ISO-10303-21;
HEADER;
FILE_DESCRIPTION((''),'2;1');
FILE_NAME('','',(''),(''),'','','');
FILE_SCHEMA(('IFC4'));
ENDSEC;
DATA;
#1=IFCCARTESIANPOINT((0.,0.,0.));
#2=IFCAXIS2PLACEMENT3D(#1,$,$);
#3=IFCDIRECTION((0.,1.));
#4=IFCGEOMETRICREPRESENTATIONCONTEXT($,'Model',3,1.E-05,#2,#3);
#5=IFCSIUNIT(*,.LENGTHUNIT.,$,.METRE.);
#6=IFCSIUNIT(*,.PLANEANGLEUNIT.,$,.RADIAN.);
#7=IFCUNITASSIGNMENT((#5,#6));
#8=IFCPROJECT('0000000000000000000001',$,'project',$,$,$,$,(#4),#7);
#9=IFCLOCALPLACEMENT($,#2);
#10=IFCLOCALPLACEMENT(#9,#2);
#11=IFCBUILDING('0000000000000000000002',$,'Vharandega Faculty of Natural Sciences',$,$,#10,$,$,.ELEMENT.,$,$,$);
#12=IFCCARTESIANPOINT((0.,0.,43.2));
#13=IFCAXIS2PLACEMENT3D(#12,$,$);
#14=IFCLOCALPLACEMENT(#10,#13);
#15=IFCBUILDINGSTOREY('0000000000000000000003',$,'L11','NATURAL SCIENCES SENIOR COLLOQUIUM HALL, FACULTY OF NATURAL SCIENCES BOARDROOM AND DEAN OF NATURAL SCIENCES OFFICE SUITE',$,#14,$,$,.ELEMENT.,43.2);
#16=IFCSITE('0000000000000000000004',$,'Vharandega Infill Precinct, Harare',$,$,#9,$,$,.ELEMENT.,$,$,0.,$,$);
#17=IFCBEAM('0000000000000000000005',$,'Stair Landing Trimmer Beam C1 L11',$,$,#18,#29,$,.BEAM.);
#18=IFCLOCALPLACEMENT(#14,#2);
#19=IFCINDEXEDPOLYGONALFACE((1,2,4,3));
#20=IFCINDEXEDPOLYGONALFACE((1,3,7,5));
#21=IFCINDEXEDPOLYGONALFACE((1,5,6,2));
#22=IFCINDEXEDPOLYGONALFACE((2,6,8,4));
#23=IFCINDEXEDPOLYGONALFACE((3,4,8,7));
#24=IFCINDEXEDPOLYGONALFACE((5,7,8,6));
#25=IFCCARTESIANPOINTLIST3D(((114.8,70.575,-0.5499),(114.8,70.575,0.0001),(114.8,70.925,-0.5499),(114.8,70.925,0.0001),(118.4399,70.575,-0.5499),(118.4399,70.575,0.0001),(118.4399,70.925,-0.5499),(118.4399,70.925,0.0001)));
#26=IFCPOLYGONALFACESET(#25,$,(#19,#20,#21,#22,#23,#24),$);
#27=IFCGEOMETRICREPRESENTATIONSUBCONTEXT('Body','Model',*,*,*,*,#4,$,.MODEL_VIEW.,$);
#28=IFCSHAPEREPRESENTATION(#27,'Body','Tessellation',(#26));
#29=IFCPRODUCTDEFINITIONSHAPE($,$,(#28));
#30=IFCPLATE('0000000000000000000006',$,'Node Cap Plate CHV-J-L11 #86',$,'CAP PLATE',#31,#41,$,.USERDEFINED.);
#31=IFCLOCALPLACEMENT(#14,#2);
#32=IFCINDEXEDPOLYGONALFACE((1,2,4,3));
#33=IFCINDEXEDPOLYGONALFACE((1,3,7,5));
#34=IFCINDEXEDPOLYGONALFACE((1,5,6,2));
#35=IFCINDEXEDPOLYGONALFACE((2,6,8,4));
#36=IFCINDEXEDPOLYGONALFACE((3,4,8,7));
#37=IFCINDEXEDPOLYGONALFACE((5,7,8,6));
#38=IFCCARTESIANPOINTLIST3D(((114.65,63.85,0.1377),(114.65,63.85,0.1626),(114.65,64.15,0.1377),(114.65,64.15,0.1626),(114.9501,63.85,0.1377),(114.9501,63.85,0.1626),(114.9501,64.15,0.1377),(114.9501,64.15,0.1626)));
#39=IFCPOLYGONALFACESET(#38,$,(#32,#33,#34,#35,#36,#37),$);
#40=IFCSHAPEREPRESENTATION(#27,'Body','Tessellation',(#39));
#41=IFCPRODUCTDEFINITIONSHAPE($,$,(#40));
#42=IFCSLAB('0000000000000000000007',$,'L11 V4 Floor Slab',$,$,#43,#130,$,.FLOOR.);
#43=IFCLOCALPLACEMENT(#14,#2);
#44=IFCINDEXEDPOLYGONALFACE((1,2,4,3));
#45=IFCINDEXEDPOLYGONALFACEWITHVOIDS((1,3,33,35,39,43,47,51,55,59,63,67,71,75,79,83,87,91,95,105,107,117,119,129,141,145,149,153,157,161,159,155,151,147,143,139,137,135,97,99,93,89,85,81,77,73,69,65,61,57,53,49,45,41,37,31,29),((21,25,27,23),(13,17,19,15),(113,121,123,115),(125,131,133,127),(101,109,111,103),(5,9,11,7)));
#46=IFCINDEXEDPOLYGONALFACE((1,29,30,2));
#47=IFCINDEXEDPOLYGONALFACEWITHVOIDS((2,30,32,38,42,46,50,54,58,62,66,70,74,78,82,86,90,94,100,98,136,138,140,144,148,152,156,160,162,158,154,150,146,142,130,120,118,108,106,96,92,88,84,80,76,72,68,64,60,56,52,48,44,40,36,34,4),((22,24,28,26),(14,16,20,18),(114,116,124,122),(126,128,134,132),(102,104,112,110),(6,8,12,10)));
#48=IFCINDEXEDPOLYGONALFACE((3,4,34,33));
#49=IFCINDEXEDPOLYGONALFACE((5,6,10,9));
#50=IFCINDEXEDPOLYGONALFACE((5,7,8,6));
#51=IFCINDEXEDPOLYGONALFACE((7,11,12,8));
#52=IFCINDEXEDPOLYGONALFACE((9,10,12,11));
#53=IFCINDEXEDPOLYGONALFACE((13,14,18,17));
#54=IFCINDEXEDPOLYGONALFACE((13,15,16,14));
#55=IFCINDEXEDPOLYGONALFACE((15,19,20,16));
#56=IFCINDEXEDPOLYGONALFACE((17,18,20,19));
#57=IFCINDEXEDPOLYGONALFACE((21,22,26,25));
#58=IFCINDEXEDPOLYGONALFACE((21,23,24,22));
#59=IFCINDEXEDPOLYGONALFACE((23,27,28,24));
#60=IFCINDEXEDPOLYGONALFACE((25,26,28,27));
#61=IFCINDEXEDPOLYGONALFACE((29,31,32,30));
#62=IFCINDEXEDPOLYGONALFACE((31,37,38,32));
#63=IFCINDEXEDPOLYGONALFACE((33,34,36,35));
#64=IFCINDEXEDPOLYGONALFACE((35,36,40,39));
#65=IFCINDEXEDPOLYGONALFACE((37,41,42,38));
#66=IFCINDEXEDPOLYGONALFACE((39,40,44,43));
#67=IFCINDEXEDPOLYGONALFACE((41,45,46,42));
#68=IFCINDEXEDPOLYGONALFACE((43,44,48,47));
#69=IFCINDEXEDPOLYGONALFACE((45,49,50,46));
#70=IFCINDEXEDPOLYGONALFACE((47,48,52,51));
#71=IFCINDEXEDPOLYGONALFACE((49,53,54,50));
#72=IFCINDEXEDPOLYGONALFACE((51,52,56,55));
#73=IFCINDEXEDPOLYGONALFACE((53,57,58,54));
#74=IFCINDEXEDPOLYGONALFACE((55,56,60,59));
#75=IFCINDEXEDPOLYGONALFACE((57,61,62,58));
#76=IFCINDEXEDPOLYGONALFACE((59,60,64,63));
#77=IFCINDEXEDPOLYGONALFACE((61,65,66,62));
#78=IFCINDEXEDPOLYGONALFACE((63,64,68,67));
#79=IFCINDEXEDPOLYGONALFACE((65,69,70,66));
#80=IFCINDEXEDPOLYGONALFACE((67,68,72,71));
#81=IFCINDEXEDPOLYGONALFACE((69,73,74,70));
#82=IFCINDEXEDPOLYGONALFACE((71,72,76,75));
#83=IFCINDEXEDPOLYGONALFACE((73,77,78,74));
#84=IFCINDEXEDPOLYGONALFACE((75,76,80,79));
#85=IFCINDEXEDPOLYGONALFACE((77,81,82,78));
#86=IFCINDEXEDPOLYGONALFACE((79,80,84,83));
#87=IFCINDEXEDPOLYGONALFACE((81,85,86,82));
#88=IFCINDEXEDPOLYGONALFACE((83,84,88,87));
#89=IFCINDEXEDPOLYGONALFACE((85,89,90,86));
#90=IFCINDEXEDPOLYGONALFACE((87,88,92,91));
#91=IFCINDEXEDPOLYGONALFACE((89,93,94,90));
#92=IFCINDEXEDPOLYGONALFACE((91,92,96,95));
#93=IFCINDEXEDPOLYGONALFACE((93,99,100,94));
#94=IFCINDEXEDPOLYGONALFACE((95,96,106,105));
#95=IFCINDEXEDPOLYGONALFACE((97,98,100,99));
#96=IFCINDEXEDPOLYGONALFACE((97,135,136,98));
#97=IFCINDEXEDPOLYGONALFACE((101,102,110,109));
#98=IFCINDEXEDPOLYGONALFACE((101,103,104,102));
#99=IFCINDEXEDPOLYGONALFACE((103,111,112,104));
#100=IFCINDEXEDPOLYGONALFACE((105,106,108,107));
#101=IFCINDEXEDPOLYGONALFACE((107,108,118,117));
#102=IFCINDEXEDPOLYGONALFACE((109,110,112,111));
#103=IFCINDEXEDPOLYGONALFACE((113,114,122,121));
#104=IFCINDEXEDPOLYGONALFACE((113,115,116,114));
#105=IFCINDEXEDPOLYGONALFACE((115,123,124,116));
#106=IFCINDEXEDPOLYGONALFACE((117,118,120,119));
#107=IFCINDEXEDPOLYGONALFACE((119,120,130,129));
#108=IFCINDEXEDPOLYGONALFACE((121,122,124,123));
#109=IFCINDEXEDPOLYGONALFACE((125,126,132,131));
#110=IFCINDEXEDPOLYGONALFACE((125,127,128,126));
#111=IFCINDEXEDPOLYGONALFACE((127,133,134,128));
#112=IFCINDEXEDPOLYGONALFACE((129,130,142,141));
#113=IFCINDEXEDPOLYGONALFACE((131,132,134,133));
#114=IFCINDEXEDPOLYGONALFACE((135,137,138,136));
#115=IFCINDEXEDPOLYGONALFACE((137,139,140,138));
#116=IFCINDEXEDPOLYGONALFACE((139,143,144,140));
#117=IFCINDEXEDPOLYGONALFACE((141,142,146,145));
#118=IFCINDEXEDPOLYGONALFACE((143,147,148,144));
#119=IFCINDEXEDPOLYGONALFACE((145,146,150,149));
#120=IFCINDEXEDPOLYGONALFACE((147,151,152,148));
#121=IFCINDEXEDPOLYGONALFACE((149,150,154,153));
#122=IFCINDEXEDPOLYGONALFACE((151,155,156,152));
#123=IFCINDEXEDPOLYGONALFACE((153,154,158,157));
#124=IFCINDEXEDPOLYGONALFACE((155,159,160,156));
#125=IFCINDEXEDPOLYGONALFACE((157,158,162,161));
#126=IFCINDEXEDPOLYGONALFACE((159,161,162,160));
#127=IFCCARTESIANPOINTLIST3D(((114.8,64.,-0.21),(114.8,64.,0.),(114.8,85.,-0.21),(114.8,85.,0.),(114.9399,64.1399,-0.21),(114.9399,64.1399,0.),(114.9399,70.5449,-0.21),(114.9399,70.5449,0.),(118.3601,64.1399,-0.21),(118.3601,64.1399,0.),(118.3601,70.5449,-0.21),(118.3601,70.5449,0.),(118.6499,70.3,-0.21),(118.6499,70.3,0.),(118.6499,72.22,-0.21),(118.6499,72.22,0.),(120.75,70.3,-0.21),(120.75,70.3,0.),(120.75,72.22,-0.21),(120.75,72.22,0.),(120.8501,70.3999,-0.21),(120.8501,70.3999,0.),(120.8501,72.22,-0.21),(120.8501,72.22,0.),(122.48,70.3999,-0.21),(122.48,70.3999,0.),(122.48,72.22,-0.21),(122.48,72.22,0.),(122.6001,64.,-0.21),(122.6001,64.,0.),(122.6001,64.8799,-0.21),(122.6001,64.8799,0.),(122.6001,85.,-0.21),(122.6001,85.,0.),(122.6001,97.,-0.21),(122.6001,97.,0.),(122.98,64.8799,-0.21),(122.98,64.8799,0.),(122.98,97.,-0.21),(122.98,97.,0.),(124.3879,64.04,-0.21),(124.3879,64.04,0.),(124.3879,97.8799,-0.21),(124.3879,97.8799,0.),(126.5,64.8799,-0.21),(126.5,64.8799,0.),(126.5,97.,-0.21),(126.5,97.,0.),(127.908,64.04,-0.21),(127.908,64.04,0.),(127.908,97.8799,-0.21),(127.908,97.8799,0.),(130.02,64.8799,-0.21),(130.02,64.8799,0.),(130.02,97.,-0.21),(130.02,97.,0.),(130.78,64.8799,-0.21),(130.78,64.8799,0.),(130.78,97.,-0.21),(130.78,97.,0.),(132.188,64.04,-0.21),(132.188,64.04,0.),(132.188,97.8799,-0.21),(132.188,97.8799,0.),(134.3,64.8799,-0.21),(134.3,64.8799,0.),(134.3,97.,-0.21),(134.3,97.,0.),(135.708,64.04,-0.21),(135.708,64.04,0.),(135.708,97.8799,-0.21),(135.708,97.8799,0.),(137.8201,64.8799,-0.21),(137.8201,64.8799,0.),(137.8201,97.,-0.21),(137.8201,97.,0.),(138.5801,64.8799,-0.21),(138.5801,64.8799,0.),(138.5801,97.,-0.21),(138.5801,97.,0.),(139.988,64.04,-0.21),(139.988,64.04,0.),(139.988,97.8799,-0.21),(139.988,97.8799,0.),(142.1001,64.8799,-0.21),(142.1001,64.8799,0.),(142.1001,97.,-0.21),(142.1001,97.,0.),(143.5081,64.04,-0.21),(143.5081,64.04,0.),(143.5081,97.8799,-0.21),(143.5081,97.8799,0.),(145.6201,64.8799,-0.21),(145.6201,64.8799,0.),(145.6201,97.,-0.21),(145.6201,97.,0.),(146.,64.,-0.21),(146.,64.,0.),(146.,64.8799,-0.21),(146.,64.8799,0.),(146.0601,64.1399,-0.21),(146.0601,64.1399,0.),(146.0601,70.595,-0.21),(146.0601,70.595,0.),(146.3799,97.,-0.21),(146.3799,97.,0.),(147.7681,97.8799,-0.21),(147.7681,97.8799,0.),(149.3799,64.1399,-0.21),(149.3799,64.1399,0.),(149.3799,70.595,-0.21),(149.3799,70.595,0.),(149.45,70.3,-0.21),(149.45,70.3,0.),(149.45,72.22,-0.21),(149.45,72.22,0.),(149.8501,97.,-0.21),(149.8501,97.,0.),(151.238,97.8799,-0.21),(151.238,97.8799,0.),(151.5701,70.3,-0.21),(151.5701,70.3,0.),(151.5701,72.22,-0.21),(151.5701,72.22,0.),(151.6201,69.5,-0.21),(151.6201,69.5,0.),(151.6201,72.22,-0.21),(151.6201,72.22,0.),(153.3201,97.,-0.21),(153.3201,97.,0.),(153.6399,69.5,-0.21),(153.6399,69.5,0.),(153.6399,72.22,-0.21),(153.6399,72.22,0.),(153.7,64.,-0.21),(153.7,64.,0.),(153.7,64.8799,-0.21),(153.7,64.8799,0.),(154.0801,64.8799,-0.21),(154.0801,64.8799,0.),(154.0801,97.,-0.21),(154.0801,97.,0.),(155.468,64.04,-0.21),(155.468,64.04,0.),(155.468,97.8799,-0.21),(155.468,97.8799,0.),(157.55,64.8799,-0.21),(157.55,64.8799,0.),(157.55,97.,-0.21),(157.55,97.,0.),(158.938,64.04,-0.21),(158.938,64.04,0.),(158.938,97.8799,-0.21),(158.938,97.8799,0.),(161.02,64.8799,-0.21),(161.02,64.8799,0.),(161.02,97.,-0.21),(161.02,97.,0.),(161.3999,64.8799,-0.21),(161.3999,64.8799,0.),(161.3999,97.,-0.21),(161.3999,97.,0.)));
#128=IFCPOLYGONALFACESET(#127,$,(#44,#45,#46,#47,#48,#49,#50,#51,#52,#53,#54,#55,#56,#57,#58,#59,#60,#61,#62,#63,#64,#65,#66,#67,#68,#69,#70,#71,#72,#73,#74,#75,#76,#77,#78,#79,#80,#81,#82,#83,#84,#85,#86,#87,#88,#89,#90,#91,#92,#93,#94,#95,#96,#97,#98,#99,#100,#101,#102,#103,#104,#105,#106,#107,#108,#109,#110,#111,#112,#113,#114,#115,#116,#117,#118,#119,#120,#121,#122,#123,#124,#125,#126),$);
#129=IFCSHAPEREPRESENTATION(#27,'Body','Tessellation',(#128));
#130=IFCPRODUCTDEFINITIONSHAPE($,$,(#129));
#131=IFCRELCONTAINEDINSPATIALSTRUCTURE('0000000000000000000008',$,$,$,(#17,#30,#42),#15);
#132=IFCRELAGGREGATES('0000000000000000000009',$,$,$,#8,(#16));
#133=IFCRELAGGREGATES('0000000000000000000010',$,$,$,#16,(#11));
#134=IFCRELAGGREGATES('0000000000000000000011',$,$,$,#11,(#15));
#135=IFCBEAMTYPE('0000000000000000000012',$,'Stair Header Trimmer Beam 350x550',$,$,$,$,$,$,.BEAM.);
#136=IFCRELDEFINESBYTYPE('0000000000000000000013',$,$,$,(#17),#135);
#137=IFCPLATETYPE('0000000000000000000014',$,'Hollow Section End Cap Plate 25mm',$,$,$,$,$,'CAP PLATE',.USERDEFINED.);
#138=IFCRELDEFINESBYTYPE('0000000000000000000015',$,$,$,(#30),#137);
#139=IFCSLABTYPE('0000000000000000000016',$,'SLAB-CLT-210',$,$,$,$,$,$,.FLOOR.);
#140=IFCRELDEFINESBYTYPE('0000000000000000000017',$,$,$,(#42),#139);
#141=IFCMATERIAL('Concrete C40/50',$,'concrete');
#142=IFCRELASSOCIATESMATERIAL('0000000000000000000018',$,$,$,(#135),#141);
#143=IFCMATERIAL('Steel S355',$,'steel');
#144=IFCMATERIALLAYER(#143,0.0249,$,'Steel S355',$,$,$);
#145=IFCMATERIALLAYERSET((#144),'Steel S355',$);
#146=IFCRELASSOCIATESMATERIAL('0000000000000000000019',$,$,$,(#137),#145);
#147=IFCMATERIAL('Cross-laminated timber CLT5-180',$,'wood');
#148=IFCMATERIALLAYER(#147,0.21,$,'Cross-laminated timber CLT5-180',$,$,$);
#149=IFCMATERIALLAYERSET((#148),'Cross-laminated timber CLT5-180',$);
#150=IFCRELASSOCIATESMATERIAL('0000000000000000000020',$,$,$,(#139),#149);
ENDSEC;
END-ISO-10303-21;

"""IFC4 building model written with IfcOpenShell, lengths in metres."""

from ifc_helpers import new_model, si_unit, direction, frame, origin, origin_2d, place, context, subcontext, project, spatial, polyline, rectangle, outline, extrude, material, layer, layer_set, material_profile, profile_set, type_object, element, save


model = new_model("IFC4")

# Units and contexts
model_context = context("Model", 3, precision=1e-05, world=origin(), true_north=direction((0.0, 1.0)))
body_context = subcontext(model_context, "Body", "Model", "MODEL_VIEW")
ifc_project = project(units=[si_unit("LENGTHUNIT", "METRE"), si_unit("PLANEANGLEUNIT", "RADIAN")], contexts=[model_context])

# Site, building, storey
site_placement = place(None, origin())
site = spatial("IfcSite", under=ifc_project, at=site_placement, Name="Vharandega Infill Precinct, Harare", CompositionType="ELEMENT", RefElevation=0.0)
building_placement = place(site_placement, origin())
building = spatial("IfcBuilding", under=site, at=building_placement, Name="Vharandega Faculty of Natural Sciences", CompositionType="ELEMENT")
storey_placement = place(building_placement, frame((0.0, 0.0, 43.2)))
storey = spatial("IfcBuildingStorey", under=building, at=storey_placement, Name="L11", Description="NATURAL SCIENCES SENIOR COLLOQUIUM HALL, FACULTY OF NATURAL SCIENCES BOARDROOM AND DEAN OF NATURAL SCIENCES OFFICE SUITE", CompositionType="ELEMENT", Elevation=43.2)

# Beam
ifc_material_1 = material(Name="Concrete C40/50", Category="concrete")
ifc_material_profile_1 = material_profile(ifc_material_1, rectangle(XDim=0.3501, YDim=0.55, at=origin_2d()), Name="RC 350x550")
ifc_profile_set_1 = profile_set([ifc_material_profile_1], Name="Concrete C40/50")
beam_type_1 = type_object("IfcBeamType", Name="Stair Header Trimmer Beam 350x550", PredefinedType="BEAM", material=ifc_profile_set_1)
beam_1_placement = place(storey_placement, frame((114.8, 70.75, -0.2749), z_axis=(1.0, 0.0, 0.0), x_axis=(0.0, 1.0, 0.0)))
element("IfcBeam", 1, at=beam_1_placement, inside=storey, type_object=beam_type_1, Name="Stair Landing Trimmer Beam C1 L11", PredefinedType="BEAM", context=body_context, shape_type="SweptSolid", body=[
    extrude(rectangle(XDim=0.3501, YDim=0.55, at=origin_2d()), origin(), (0.0, 0.0, 1.0), 3.6399),
])

# Plate
ifc_material_2 = material(Name="Steel S355", Category="steel")
ifc_layer_1 = layer(ifc_material_2, 0.0249, Name="Steel S355")
ifc_layer_set_1 = layer_set([ifc_layer_1], Name="Steel S355")
plate_type = type_object("IfcPlateType", Name="Hollow Section End Cap Plate 25mm", ElementType="CAP PLATE", PredefinedType="USERDEFINED", material=ifc_layer_set_1)
plate_placement = place(storey_placement, frame((114.8, 64.0, 0.1377), z_axis=(0.0, 0.0, 1.0), x_axis=(1.0, 0.0, 0.0)))
element("IfcPlate", 2, at=plate_placement, inside=storey, type_object=plate_type, Name="Node Cap Plate CHV-J-L11 #86", ObjectType="CAP PLATE", PredefinedType="USERDEFINED", context=body_context, shape_type="SweptSolid", body=[
    extrude(rectangle(XDim=0.3, YDim=0.3, at=origin_2d()), origin(), (0.0, 0.0, 1.0), 0.0249),
])

# Slab
ifc_material_3 = material(Name="Cross-laminated timber CLT5-180", Category="wood")
ifc_layer_2 = layer(ifc_material_3, 0.21, Name="Cross-laminated timber CLT5-180")
ifc_layer_set_2 = layer_set([ifc_layer_2], Name="Cross-laminated timber CLT5-180")
slab_type = type_object("IfcSlabType", Name="SLAB-CLT-210", PredefinedType="FLOOR", material=ifc_layer_set_2)
slab_placement = place(storey_placement, frame((0.0, 0.0, -0.21)))
element("IfcSlab", 3, at=slab_placement, inside=storey, type_object=slab_type, Name="L11 V4 Floor Slab", PredefinedType="FLOOR", context=body_context, shape_type="SweptSolid", body=[
    extrude(outline(polyline([(114.8, 64.0), (122.6001, 64.0), (122.6001, 64.8799), (122.98, 64.8799), (124.3879, 64.04), (126.5, 64.8799), (126.5, 64.8799), (127.908, 64.04), (130.02, 64.8799), (130.78, 64.8799), (132.188, 64.04), (134.3, 64.8799), (134.3, 64.8799), (135.708, 64.04), (137.8201, 64.8799), (138.5801, 64.8799), (139.988, 64.04), (142.1001, 64.8799), (142.1001, 64.8799), (143.5081, 64.04), (145.6201, 64.8799), (146.0, 64.8799), (146.0, 64.0), (153.7, 64.0), (153.7, 64.8799), (154.0801, 64.8799), (155.468, 64.04), (157.55, 64.8799), (157.55, 64.8799), (158.938, 64.04), (161.02, 64.8799), (161.3999, 64.8799), (161.3999, 64.0), (161.3999, 97.0), (161.02, 97.0), (158.938, 97.8799), (157.55, 97.0), (157.55, 97.0), (155.468, 97.8799), (154.0801, 97.0), (153.3201, 97.0), (151.238, 97.8799), (149.8501, 97.0), (149.8501, 97.0), (147.7681, 97.8799), (146.3799, 97.0), (145.6201, 97.0), (143.5081, 97.8799), (142.1001, 97.0), (142.1001, 97.0), (139.988, 97.8799), (138.5801, 97.0), (137.8201, 97.0), (135.708, 97.8799), (134.3, 97.0), (134.3, 97.0), (132.188, 97.8799), (130.78, 97.0), (130.02, 97.0), (127.908, 97.8799), (126.5, 97.0), (126.5, 97.0), (124.3879, 97.8799), (122.98, 97.0), (122.6001, 97.0), (122.6001, 85.0), (114.8, 85.0), (114.8, 64.0)]), holes=[polyline([(114.9399, 70.5449), (114.9399, 64.1399), (118.3601, 64.1399), (118.3601, 70.5449), (114.9399, 70.5449)]), polyline([(118.6499, 70.3), (120.75, 70.3), (120.75, 72.22), (118.6499, 72.22), (118.6499, 70.3)]), polyline([(120.8501, 70.3999), (122.48, 70.3999), (122.48, 72.22), (120.8501, 72.22), (120.8501, 70.3999)]), polyline([(146.0601, 70.595), (146.0601, 64.1399), (149.3799, 64.1399), (149.3799, 70.595), (146.0601, 70.595)]), polyline([(149.45, 70.3), (151.5701, 70.3), (151.5701, 72.22), (149.45, 72.22), (149.45, 70.3)]), polyline([(151.6201, 69.5), (153.6399, 69.5), (153.6399, 72.22), (151.6201, 72.22), (151.6201, 69.5)])]), origin(), (0.0, 0.0, 1.0), 0.21),
])

save(model, "model.ifc")
